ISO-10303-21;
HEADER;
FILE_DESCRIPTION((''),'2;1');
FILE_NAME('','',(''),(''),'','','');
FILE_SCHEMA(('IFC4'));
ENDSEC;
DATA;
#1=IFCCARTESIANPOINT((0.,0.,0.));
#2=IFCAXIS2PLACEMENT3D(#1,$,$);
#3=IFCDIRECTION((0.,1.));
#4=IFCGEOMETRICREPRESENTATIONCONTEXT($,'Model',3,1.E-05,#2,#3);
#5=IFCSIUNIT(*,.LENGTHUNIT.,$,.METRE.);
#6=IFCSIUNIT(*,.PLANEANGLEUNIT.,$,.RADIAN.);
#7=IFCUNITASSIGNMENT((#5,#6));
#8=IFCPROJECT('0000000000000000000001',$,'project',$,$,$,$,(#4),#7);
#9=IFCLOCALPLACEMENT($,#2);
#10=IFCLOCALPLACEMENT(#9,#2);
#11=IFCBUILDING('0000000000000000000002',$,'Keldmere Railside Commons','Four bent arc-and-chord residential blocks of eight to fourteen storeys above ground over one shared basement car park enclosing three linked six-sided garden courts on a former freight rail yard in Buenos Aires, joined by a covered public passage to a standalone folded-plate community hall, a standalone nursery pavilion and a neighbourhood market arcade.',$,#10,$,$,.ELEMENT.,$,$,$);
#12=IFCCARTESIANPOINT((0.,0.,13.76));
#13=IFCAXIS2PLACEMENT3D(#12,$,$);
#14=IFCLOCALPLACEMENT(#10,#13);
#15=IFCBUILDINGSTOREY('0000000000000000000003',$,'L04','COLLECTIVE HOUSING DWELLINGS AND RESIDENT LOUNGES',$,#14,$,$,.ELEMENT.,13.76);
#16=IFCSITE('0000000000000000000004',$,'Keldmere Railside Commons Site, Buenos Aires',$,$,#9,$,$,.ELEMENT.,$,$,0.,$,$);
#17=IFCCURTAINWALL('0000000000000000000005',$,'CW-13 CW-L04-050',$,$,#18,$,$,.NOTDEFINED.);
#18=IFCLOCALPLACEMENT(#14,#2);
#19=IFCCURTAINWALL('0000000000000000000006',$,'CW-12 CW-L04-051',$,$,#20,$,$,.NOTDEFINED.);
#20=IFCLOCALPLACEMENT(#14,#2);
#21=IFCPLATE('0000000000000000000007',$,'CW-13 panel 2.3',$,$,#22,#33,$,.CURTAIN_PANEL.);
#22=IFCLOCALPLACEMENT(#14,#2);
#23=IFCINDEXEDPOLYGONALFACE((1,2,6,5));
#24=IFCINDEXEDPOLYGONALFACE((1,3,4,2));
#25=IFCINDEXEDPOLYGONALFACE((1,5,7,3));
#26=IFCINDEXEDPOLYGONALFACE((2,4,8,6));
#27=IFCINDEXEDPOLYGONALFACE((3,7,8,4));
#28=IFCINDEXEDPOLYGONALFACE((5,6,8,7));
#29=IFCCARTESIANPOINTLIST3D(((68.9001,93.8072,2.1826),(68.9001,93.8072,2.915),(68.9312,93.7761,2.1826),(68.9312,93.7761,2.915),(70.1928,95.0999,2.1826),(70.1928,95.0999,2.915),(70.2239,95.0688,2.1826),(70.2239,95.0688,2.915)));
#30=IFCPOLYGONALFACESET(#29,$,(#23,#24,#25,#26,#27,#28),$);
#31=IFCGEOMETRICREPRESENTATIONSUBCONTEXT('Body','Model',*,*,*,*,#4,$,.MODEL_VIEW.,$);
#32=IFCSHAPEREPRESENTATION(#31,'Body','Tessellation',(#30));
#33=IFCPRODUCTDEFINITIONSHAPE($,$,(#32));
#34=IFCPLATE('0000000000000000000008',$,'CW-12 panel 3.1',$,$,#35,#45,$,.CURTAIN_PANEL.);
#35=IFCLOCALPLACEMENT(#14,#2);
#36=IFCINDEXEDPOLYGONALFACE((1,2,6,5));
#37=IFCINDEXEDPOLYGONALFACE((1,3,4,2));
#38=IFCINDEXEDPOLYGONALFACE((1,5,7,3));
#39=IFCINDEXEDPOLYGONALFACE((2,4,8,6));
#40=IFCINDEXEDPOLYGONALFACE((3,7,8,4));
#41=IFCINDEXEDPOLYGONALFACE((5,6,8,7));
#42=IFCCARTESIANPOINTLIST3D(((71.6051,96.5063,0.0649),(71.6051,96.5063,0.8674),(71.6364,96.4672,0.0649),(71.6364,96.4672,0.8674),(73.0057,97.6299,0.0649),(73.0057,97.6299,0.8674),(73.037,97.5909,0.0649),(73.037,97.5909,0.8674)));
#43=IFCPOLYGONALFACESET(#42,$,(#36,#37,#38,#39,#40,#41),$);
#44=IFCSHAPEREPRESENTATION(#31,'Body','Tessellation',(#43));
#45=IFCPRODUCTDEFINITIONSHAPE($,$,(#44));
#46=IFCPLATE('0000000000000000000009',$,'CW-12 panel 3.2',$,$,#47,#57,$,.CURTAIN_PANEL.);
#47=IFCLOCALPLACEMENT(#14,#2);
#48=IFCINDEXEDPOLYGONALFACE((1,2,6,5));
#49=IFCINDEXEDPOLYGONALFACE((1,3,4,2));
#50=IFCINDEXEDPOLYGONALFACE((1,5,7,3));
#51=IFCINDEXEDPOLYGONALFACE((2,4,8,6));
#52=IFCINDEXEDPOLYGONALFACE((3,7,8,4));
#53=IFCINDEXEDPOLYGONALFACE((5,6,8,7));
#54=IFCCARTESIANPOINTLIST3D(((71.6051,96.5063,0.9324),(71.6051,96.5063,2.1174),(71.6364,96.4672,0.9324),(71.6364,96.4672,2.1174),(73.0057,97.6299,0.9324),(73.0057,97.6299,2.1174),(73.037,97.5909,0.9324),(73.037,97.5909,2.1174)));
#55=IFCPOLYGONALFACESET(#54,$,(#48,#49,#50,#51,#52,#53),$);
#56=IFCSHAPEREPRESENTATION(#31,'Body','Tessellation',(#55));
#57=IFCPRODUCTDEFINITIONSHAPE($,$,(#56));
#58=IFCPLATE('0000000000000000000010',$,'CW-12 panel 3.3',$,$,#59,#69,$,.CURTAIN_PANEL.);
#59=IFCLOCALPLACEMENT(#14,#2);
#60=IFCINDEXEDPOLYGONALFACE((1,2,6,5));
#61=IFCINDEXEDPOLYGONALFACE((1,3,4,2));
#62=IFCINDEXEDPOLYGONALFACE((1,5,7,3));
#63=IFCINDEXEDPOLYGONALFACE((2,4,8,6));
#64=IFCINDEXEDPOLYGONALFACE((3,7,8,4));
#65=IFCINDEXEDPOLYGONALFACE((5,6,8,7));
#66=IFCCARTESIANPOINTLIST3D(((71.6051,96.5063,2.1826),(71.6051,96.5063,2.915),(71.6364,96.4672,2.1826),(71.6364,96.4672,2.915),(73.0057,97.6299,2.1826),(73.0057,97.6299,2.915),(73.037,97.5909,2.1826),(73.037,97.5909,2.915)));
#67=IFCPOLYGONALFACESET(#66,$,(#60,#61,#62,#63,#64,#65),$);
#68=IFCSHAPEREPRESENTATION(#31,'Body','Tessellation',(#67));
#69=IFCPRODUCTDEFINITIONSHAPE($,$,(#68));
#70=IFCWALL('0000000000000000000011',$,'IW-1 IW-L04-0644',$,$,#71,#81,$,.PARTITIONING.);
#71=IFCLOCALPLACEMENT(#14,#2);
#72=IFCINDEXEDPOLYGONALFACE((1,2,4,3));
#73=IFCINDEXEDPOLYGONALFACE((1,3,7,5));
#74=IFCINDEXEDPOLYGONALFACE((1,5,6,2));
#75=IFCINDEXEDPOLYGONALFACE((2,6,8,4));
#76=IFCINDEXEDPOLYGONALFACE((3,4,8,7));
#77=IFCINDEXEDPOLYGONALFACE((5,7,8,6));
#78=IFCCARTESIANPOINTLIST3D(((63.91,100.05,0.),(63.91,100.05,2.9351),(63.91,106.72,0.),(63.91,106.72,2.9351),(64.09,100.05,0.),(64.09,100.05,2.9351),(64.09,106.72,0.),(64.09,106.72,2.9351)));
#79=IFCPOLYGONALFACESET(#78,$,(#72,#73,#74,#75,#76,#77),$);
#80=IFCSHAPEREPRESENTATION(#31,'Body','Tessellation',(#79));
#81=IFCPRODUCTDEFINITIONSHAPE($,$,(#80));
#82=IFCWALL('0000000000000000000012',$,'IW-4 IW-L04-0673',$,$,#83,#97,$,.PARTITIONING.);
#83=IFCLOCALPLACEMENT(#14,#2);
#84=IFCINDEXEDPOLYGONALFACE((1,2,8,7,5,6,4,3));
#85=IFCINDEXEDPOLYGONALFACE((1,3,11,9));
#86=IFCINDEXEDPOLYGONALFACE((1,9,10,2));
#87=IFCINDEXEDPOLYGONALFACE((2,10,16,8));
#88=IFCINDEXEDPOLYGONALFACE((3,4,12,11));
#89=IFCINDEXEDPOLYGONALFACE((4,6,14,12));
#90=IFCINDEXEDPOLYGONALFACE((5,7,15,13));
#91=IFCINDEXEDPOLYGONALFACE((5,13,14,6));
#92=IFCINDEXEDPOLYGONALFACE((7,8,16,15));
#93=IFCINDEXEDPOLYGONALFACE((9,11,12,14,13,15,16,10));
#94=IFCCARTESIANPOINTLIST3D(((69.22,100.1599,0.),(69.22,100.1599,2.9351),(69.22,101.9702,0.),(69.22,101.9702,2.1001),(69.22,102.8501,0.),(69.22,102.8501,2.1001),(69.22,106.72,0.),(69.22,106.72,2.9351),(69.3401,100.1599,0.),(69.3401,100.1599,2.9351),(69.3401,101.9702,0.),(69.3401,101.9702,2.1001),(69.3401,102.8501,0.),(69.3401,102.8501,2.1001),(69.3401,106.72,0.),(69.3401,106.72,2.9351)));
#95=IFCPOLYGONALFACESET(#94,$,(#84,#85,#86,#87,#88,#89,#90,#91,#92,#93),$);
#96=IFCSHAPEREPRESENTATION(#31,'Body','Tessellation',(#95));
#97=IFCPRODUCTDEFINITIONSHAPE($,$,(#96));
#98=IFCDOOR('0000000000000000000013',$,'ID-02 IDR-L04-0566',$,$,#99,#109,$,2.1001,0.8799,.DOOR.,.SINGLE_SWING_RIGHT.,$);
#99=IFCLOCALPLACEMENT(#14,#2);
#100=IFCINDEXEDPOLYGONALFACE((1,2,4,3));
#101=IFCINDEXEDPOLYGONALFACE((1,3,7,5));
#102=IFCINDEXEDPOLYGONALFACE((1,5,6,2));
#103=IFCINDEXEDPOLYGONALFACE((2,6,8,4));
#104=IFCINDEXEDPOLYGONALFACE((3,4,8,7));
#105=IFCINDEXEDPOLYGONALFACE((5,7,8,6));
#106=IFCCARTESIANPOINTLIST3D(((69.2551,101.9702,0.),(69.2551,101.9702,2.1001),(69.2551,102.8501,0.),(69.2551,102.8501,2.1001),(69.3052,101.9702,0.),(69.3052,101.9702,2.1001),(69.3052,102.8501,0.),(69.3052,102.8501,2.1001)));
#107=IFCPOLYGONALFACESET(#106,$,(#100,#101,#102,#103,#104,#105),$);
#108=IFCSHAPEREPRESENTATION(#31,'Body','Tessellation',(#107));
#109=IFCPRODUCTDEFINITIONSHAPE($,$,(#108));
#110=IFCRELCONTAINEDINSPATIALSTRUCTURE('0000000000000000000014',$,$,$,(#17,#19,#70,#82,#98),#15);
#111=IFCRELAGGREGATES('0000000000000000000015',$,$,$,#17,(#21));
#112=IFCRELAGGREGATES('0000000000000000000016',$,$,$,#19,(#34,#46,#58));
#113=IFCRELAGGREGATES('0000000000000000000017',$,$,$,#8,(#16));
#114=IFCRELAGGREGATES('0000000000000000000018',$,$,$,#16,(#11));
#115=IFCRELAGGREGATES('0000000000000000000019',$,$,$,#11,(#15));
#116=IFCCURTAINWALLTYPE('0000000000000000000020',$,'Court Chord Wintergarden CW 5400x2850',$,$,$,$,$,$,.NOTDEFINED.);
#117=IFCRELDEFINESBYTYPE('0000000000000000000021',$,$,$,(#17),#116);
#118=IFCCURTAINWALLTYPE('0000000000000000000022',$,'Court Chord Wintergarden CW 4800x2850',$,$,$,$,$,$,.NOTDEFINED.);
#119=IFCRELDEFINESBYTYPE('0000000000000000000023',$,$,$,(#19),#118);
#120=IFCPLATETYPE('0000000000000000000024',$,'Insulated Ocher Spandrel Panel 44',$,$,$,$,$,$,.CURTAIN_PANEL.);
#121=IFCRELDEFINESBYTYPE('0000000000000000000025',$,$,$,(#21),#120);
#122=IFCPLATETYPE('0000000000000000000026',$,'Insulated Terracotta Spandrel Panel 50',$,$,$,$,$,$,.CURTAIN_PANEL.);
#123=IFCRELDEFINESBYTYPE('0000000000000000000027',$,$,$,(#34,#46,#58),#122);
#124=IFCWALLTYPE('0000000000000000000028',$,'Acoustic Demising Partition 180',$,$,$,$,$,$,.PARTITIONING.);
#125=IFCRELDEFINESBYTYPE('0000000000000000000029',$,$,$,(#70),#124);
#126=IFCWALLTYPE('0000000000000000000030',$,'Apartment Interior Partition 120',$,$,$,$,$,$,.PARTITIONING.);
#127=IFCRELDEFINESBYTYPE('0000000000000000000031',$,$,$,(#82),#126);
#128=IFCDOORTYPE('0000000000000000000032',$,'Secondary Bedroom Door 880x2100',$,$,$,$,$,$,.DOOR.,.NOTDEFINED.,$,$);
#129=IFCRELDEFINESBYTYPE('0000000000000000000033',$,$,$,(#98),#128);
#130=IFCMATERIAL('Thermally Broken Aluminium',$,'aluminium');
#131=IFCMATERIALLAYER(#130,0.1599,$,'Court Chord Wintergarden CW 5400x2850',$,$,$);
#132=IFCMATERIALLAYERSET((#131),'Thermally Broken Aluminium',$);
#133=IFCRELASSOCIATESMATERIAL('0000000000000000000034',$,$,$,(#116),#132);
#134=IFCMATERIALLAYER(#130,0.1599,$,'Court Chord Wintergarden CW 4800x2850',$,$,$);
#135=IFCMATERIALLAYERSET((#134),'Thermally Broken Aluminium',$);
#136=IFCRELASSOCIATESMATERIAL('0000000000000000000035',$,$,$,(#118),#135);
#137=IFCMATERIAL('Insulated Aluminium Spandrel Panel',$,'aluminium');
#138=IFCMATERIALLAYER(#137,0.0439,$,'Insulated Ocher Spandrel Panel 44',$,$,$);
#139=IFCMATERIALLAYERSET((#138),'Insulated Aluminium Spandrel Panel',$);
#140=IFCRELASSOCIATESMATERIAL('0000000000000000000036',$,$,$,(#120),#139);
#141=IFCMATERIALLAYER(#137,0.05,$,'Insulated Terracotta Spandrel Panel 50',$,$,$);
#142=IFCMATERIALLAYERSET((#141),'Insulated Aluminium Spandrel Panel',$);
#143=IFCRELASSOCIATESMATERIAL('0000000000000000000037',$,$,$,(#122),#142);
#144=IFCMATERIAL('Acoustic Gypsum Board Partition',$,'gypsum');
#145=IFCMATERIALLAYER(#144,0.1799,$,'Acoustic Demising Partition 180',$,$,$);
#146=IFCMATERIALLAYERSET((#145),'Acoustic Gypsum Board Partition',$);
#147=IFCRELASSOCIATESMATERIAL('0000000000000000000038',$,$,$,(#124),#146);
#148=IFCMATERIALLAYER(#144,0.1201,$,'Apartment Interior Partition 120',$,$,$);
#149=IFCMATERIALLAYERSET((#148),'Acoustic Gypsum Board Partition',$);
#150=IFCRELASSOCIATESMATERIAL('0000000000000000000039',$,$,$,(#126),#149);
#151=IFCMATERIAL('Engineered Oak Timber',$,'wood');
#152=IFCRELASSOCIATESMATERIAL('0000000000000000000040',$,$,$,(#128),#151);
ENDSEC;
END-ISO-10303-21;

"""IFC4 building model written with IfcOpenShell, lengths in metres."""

from ifc_helpers import new_model, si_unit, direction, frame, frame_2d, origin, origin_2d, place, context, subcontext, project, spatial, rectangle, extrude, material, layer, layer_set, type_object, element, fill, aggregate, save


model = new_model("IFC4")

# Units and contexts
model_context = context("Model", 3, precision=1e-05, world=origin(), true_north=direction((0.0, 1.0)))
body_context = subcontext(model_context, "Body", "Model", "MODEL_VIEW")
ifc_project = project(units=[si_unit("LENGTHUNIT", "METRE"), si_unit("PLANEANGLEUNIT", "RADIAN")], contexts=[model_context])

# Site, building, storey
site_placement = place(None, origin())
site = spatial("IfcSite", under=ifc_project, at=site_placement, Name="Keldmere Railside Commons Site, Buenos Aires", CompositionType="ELEMENT", RefElevation=0.0)
building_placement = place(site_placement, origin())
building = spatial("IfcBuilding", under=site, at=building_placement, Name="Keldmere Railside Commons", Description="Four bent arc-and-chord residential blocks of eight to fourteen storeys above ground over one shared basement car park enclosing three linked six-sided garden courts on a former freight rail yard in Buenos Aires, joined by a covered public passage to a standalone folded-plate community hall, a standalone nursery pavilion and a neighbourhood market arcade.", CompositionType="ELEMENT")
storey_placement = place(building_placement, frame((0.0, 0.0, 13.76)))
storey = spatial("IfcBuildingStorey", under=building, at=storey_placement, Name="L04", Description="COLLECTIVE HOUSING DWELLINGS AND RESIDENT LOUNGES", CompositionType="ELEMENT", Elevation=13.76)

# Curtain wall
ifc_material_1 = material(Name="Thermally Broken Aluminium", Category="aluminium")
ifc_layer_1 = layer(ifc_material_1, 0.1599, Name="Court Chord Wintergarden CW 5400x2850")
ifc_layer_set_1 = layer_set([ifc_layer_1], Name="Thermally Broken Aluminium")
curtain_wall_type_1 = type_object("IfcCurtainWallType", Name="Court Chord Wintergarden CW 5400x2850", PredefinedType="NOTDEFINED", material=ifc_layer_set_1)
curtain_wall_1_placement = place(storey_placement, origin())
curtain_wall_1 = element("IfcCurtainWall", 1, at=curtain_wall_1_placement, inside=storey, type_object=curtain_wall_type_1, Name="CW-13 CW-L04-050", PredefinedType="NOTDEFINED")

# Curtain wall
ifc_layer_2 = layer(ifc_material_1, 0.1599, Name="Court Chord Wintergarden CW 4800x2850")
ifc_layer_set_2 = layer_set([ifc_layer_2], Name="Thermally Broken Aluminium")
curtain_wall_type_2 = type_object("IfcCurtainWallType", Name="Court Chord Wintergarden CW 4800x2850", PredefinedType="NOTDEFINED", material=ifc_layer_set_2)
curtain_wall_2_placement = place(storey_placement, origin())
curtain_wall_2 = element("IfcCurtainWall", 2, at=curtain_wall_2_placement, inside=storey, type_object=curtain_wall_type_2, Name="CW-12 CW-L04-051", PredefinedType="NOTDEFINED")

# Plates
ifc_material_2 = material(Name="Insulated Aluminium Spandrel Panel", Category="aluminium")
ifc_layer_3 = layer(ifc_material_2, 0.0439, Name="Insulated Ocher Spandrel Panel 44")
ifc_layer_set_3 = layer_set([ifc_layer_3], Name="Insulated Aluminium Spandrel Panel")
plate_type_1 = type_object("IfcPlateType", Name="Insulated Ocher Spandrel Panel 44", PredefinedType="CURTAIN_PANEL", material=ifc_layer_set_3)
plate_1_placement = place(storey_placement, frame((69.562, 94.438, 2.1826), z_axis=(0.0, 0.0, 1.0), x_axis=(-0.707107, -0.707107, 0.0)))
plate_1 = element("IfcPlate", 3, at=plate_1_placement, type_object=plate_type_1, Name="CW-13 panel 2.3", PredefinedType="CURTAIN_PANEL", context=body_context, shape_type="SweptSolid", body=[
    extrude(rectangle(XDim=1.8281, YDim=0.0439, at=origin_2d()), origin(), (0.0, 0.0, 1.0), 0.7324),
])
aggregate(curtain_wall_1, [plate_1])
ifc_layer_4 = layer(ifc_material_2, 0.05, Name="Insulated Terracotta Spandrel Panel 50")
ifc_layer_set_4 = layer_set([ifc_layer_4], Name="Insulated Aluminium Spandrel Panel")
plate_type_2 = type_object("IfcPlateType", Name="Insulated Terracotta Spandrel Panel 50", PredefinedType="CURTAIN_PANEL", material=ifc_layer_set_4)
plate_2_placement = place(storey_placement, frame((72.321, 97.0486, 0.0649), z_axis=(0.0, 0.0, 1.0), x_axis=(-0.780009, -0.625768, 0.0)))
plate_2 = element("IfcPlate", 4, at=plate_2_placement, type_object=plate_type_2, Name="CW-12 panel 3.1", PredefinedType="CURTAIN_PANEL", context=body_context, shape_type="SweptSolid", body=[
    extrude(rectangle(XDim=1.7957, YDim=0.05, at=origin_2d()), origin(), (0.0, 0.0, 1.0), 0.8025),
])
plate_3_placement = place(storey_placement, frame((72.321, 97.0486, 0.9324), z_axis=(0.0, 0.0, 1.0), x_axis=(-0.780009, -0.625768, 0.0)))
plate_3 = element("IfcPlate", 5, at=plate_3_placement, type_object=plate_type_2, Name="CW-12 panel 3.2", PredefinedType="CURTAIN_PANEL", context=body_context, shape_type="SweptSolid", body=[
    extrude(rectangle(XDim=1.7957, YDim=0.05, at=origin_2d()), origin(), (0.0, 0.0, 1.0), 1.1851),
])
plate_4_placement = place(storey_placement, frame((72.321, 97.0486, 2.1826), z_axis=(0.0, 0.0, 1.0), x_axis=(-0.780009, -0.625768, 0.0)))
plate_4 = element("IfcPlate", 6, at=plate_4_placement, type_object=plate_type_2, Name="CW-12 panel 3.3", PredefinedType="CURTAIN_PANEL", context=body_context, shape_type="SweptSolid", body=[
    extrude(rectangle(XDim=1.7957, YDim=0.05, at=origin_2d()), origin(), (0.0, 0.0, 1.0), 0.7324),
])
aggregate(curtain_wall_2, [plate_2, plate_3, plate_4])

# Wall
ifc_material_3 = material(Name="Acoustic Gypsum Board Partition", Category="gypsum")
ifc_layer_5 = layer(ifc_material_3, 0.1799, Name="Acoustic Demising Partition 180")
ifc_layer_set_5 = layer_set([ifc_layer_5], Name="Acoustic Gypsum Board Partition")
wall_type_1 = type_object("IfcWallType", Name="Acoustic Demising Partition 180", PredefinedType="PARTITIONING", material=ifc_layer_set_5)
wall_1_placement = place(storey_placement, frame((64.0, 100.05, 0.0), z_axis=(0.0, 0.0, 1.0), x_axis=(0.0, 1.0, 0.0)))
element("IfcWall", 7, at=wall_1_placement, inside=storey, type_object=wall_type_1, Name="IW-1 IW-L04-0644", PredefinedType="PARTITIONING", context=body_context, shape_type="SweptSolid", body=[
    extrude(rectangle(XDim=6.6699, YDim=0.1799, at=frame_2d((3.335, 0.0))), origin(), (0.0, 0.0, 1.0), 2.9351),
])

# Wall, opening, door
ifc_layer_6 = layer(ifc_material_3, 0.1201, Name="Apartment Interior Partition 120")
ifc_layer_set_6 = layer_set([ifc_layer_6], Name="Acoustic Gypsum Board Partition")
wall_type_2 = type_object("IfcWallType", Name="Apartment Interior Partition 120", PredefinedType="PARTITIONING", material=ifc_layer_set_6)
wall_2_placement = place(storey_placement, frame((69.28, 100.1599, 0.0), z_axis=(0.0, 0.0, 1.0), x_axis=(0.0, 1.0, 0.0)))
wall_2 = element("IfcWall", 8, at=wall_2_placement, inside=storey, type_object=wall_type_2, Name="IW-4 IW-L04-0673", PredefinedType="PARTITIONING", context=body_context, shape_type="SweptSolid", body=[
    extrude(rectangle(XDim=6.5601, YDim=0.1201, at=frame_2d((3.28, 0.0))), origin(), (0.0, 0.0, 1.0), 2.9351),
])
opening_placement = place(wall_2_placement, frame((1.8103, 0.0, 0.0)))
opening = element("IfcOpeningElement", 9, at=opening_placement, cuts=wall_2, PredefinedType="OPENING", context=body_context, shape_type="SweptSolid", body=[
    extrude(rectangle(XDim=0.8799, YDim=2.1001, at=frame_2d((0.4399, 1.05))), frame((0.0, 0.0701, 0.0), z_axis=(0.0, -1.0, 0.0), x_axis=(1.0, 0.0, 0.0)), (0.0, 0.0, 1.0), 0.1401),
])
ifc_material_4 = material(Name="Engineered Oak Timber", Category="wood")
door_type = type_object("IfcDoorType", Name="Secondary Bedroom Door 880x2100", OperationType="NOTDEFINED", PredefinedType="DOOR", material=ifc_material_4)
door_placement = place(opening_placement, origin())
door = element("IfcDoor", 10, at=door_placement, inside=storey, type_object=door_type, Name="ID-02 IDR-L04-0566", OperationType="SINGLE_SWING_RIGHT", OverallHeight=2.1001, OverallWidth=0.8799, PredefinedType="DOOR", context=body_context, shape_type="SweptSolid", body=[
    extrude(rectangle(XDim=0.8799, YDim=2.1001, at=frame_2d((0.4399, 1.05))), frame((0.0, 0.0249, 0.0), z_axis=(0.0, -1.0, 0.0), x_axis=(1.0, 0.0, 0.0)), (0.0, 0.0, 1.0), 0.05),
])
fill(opening, door)

save(model, "model.ifc")
